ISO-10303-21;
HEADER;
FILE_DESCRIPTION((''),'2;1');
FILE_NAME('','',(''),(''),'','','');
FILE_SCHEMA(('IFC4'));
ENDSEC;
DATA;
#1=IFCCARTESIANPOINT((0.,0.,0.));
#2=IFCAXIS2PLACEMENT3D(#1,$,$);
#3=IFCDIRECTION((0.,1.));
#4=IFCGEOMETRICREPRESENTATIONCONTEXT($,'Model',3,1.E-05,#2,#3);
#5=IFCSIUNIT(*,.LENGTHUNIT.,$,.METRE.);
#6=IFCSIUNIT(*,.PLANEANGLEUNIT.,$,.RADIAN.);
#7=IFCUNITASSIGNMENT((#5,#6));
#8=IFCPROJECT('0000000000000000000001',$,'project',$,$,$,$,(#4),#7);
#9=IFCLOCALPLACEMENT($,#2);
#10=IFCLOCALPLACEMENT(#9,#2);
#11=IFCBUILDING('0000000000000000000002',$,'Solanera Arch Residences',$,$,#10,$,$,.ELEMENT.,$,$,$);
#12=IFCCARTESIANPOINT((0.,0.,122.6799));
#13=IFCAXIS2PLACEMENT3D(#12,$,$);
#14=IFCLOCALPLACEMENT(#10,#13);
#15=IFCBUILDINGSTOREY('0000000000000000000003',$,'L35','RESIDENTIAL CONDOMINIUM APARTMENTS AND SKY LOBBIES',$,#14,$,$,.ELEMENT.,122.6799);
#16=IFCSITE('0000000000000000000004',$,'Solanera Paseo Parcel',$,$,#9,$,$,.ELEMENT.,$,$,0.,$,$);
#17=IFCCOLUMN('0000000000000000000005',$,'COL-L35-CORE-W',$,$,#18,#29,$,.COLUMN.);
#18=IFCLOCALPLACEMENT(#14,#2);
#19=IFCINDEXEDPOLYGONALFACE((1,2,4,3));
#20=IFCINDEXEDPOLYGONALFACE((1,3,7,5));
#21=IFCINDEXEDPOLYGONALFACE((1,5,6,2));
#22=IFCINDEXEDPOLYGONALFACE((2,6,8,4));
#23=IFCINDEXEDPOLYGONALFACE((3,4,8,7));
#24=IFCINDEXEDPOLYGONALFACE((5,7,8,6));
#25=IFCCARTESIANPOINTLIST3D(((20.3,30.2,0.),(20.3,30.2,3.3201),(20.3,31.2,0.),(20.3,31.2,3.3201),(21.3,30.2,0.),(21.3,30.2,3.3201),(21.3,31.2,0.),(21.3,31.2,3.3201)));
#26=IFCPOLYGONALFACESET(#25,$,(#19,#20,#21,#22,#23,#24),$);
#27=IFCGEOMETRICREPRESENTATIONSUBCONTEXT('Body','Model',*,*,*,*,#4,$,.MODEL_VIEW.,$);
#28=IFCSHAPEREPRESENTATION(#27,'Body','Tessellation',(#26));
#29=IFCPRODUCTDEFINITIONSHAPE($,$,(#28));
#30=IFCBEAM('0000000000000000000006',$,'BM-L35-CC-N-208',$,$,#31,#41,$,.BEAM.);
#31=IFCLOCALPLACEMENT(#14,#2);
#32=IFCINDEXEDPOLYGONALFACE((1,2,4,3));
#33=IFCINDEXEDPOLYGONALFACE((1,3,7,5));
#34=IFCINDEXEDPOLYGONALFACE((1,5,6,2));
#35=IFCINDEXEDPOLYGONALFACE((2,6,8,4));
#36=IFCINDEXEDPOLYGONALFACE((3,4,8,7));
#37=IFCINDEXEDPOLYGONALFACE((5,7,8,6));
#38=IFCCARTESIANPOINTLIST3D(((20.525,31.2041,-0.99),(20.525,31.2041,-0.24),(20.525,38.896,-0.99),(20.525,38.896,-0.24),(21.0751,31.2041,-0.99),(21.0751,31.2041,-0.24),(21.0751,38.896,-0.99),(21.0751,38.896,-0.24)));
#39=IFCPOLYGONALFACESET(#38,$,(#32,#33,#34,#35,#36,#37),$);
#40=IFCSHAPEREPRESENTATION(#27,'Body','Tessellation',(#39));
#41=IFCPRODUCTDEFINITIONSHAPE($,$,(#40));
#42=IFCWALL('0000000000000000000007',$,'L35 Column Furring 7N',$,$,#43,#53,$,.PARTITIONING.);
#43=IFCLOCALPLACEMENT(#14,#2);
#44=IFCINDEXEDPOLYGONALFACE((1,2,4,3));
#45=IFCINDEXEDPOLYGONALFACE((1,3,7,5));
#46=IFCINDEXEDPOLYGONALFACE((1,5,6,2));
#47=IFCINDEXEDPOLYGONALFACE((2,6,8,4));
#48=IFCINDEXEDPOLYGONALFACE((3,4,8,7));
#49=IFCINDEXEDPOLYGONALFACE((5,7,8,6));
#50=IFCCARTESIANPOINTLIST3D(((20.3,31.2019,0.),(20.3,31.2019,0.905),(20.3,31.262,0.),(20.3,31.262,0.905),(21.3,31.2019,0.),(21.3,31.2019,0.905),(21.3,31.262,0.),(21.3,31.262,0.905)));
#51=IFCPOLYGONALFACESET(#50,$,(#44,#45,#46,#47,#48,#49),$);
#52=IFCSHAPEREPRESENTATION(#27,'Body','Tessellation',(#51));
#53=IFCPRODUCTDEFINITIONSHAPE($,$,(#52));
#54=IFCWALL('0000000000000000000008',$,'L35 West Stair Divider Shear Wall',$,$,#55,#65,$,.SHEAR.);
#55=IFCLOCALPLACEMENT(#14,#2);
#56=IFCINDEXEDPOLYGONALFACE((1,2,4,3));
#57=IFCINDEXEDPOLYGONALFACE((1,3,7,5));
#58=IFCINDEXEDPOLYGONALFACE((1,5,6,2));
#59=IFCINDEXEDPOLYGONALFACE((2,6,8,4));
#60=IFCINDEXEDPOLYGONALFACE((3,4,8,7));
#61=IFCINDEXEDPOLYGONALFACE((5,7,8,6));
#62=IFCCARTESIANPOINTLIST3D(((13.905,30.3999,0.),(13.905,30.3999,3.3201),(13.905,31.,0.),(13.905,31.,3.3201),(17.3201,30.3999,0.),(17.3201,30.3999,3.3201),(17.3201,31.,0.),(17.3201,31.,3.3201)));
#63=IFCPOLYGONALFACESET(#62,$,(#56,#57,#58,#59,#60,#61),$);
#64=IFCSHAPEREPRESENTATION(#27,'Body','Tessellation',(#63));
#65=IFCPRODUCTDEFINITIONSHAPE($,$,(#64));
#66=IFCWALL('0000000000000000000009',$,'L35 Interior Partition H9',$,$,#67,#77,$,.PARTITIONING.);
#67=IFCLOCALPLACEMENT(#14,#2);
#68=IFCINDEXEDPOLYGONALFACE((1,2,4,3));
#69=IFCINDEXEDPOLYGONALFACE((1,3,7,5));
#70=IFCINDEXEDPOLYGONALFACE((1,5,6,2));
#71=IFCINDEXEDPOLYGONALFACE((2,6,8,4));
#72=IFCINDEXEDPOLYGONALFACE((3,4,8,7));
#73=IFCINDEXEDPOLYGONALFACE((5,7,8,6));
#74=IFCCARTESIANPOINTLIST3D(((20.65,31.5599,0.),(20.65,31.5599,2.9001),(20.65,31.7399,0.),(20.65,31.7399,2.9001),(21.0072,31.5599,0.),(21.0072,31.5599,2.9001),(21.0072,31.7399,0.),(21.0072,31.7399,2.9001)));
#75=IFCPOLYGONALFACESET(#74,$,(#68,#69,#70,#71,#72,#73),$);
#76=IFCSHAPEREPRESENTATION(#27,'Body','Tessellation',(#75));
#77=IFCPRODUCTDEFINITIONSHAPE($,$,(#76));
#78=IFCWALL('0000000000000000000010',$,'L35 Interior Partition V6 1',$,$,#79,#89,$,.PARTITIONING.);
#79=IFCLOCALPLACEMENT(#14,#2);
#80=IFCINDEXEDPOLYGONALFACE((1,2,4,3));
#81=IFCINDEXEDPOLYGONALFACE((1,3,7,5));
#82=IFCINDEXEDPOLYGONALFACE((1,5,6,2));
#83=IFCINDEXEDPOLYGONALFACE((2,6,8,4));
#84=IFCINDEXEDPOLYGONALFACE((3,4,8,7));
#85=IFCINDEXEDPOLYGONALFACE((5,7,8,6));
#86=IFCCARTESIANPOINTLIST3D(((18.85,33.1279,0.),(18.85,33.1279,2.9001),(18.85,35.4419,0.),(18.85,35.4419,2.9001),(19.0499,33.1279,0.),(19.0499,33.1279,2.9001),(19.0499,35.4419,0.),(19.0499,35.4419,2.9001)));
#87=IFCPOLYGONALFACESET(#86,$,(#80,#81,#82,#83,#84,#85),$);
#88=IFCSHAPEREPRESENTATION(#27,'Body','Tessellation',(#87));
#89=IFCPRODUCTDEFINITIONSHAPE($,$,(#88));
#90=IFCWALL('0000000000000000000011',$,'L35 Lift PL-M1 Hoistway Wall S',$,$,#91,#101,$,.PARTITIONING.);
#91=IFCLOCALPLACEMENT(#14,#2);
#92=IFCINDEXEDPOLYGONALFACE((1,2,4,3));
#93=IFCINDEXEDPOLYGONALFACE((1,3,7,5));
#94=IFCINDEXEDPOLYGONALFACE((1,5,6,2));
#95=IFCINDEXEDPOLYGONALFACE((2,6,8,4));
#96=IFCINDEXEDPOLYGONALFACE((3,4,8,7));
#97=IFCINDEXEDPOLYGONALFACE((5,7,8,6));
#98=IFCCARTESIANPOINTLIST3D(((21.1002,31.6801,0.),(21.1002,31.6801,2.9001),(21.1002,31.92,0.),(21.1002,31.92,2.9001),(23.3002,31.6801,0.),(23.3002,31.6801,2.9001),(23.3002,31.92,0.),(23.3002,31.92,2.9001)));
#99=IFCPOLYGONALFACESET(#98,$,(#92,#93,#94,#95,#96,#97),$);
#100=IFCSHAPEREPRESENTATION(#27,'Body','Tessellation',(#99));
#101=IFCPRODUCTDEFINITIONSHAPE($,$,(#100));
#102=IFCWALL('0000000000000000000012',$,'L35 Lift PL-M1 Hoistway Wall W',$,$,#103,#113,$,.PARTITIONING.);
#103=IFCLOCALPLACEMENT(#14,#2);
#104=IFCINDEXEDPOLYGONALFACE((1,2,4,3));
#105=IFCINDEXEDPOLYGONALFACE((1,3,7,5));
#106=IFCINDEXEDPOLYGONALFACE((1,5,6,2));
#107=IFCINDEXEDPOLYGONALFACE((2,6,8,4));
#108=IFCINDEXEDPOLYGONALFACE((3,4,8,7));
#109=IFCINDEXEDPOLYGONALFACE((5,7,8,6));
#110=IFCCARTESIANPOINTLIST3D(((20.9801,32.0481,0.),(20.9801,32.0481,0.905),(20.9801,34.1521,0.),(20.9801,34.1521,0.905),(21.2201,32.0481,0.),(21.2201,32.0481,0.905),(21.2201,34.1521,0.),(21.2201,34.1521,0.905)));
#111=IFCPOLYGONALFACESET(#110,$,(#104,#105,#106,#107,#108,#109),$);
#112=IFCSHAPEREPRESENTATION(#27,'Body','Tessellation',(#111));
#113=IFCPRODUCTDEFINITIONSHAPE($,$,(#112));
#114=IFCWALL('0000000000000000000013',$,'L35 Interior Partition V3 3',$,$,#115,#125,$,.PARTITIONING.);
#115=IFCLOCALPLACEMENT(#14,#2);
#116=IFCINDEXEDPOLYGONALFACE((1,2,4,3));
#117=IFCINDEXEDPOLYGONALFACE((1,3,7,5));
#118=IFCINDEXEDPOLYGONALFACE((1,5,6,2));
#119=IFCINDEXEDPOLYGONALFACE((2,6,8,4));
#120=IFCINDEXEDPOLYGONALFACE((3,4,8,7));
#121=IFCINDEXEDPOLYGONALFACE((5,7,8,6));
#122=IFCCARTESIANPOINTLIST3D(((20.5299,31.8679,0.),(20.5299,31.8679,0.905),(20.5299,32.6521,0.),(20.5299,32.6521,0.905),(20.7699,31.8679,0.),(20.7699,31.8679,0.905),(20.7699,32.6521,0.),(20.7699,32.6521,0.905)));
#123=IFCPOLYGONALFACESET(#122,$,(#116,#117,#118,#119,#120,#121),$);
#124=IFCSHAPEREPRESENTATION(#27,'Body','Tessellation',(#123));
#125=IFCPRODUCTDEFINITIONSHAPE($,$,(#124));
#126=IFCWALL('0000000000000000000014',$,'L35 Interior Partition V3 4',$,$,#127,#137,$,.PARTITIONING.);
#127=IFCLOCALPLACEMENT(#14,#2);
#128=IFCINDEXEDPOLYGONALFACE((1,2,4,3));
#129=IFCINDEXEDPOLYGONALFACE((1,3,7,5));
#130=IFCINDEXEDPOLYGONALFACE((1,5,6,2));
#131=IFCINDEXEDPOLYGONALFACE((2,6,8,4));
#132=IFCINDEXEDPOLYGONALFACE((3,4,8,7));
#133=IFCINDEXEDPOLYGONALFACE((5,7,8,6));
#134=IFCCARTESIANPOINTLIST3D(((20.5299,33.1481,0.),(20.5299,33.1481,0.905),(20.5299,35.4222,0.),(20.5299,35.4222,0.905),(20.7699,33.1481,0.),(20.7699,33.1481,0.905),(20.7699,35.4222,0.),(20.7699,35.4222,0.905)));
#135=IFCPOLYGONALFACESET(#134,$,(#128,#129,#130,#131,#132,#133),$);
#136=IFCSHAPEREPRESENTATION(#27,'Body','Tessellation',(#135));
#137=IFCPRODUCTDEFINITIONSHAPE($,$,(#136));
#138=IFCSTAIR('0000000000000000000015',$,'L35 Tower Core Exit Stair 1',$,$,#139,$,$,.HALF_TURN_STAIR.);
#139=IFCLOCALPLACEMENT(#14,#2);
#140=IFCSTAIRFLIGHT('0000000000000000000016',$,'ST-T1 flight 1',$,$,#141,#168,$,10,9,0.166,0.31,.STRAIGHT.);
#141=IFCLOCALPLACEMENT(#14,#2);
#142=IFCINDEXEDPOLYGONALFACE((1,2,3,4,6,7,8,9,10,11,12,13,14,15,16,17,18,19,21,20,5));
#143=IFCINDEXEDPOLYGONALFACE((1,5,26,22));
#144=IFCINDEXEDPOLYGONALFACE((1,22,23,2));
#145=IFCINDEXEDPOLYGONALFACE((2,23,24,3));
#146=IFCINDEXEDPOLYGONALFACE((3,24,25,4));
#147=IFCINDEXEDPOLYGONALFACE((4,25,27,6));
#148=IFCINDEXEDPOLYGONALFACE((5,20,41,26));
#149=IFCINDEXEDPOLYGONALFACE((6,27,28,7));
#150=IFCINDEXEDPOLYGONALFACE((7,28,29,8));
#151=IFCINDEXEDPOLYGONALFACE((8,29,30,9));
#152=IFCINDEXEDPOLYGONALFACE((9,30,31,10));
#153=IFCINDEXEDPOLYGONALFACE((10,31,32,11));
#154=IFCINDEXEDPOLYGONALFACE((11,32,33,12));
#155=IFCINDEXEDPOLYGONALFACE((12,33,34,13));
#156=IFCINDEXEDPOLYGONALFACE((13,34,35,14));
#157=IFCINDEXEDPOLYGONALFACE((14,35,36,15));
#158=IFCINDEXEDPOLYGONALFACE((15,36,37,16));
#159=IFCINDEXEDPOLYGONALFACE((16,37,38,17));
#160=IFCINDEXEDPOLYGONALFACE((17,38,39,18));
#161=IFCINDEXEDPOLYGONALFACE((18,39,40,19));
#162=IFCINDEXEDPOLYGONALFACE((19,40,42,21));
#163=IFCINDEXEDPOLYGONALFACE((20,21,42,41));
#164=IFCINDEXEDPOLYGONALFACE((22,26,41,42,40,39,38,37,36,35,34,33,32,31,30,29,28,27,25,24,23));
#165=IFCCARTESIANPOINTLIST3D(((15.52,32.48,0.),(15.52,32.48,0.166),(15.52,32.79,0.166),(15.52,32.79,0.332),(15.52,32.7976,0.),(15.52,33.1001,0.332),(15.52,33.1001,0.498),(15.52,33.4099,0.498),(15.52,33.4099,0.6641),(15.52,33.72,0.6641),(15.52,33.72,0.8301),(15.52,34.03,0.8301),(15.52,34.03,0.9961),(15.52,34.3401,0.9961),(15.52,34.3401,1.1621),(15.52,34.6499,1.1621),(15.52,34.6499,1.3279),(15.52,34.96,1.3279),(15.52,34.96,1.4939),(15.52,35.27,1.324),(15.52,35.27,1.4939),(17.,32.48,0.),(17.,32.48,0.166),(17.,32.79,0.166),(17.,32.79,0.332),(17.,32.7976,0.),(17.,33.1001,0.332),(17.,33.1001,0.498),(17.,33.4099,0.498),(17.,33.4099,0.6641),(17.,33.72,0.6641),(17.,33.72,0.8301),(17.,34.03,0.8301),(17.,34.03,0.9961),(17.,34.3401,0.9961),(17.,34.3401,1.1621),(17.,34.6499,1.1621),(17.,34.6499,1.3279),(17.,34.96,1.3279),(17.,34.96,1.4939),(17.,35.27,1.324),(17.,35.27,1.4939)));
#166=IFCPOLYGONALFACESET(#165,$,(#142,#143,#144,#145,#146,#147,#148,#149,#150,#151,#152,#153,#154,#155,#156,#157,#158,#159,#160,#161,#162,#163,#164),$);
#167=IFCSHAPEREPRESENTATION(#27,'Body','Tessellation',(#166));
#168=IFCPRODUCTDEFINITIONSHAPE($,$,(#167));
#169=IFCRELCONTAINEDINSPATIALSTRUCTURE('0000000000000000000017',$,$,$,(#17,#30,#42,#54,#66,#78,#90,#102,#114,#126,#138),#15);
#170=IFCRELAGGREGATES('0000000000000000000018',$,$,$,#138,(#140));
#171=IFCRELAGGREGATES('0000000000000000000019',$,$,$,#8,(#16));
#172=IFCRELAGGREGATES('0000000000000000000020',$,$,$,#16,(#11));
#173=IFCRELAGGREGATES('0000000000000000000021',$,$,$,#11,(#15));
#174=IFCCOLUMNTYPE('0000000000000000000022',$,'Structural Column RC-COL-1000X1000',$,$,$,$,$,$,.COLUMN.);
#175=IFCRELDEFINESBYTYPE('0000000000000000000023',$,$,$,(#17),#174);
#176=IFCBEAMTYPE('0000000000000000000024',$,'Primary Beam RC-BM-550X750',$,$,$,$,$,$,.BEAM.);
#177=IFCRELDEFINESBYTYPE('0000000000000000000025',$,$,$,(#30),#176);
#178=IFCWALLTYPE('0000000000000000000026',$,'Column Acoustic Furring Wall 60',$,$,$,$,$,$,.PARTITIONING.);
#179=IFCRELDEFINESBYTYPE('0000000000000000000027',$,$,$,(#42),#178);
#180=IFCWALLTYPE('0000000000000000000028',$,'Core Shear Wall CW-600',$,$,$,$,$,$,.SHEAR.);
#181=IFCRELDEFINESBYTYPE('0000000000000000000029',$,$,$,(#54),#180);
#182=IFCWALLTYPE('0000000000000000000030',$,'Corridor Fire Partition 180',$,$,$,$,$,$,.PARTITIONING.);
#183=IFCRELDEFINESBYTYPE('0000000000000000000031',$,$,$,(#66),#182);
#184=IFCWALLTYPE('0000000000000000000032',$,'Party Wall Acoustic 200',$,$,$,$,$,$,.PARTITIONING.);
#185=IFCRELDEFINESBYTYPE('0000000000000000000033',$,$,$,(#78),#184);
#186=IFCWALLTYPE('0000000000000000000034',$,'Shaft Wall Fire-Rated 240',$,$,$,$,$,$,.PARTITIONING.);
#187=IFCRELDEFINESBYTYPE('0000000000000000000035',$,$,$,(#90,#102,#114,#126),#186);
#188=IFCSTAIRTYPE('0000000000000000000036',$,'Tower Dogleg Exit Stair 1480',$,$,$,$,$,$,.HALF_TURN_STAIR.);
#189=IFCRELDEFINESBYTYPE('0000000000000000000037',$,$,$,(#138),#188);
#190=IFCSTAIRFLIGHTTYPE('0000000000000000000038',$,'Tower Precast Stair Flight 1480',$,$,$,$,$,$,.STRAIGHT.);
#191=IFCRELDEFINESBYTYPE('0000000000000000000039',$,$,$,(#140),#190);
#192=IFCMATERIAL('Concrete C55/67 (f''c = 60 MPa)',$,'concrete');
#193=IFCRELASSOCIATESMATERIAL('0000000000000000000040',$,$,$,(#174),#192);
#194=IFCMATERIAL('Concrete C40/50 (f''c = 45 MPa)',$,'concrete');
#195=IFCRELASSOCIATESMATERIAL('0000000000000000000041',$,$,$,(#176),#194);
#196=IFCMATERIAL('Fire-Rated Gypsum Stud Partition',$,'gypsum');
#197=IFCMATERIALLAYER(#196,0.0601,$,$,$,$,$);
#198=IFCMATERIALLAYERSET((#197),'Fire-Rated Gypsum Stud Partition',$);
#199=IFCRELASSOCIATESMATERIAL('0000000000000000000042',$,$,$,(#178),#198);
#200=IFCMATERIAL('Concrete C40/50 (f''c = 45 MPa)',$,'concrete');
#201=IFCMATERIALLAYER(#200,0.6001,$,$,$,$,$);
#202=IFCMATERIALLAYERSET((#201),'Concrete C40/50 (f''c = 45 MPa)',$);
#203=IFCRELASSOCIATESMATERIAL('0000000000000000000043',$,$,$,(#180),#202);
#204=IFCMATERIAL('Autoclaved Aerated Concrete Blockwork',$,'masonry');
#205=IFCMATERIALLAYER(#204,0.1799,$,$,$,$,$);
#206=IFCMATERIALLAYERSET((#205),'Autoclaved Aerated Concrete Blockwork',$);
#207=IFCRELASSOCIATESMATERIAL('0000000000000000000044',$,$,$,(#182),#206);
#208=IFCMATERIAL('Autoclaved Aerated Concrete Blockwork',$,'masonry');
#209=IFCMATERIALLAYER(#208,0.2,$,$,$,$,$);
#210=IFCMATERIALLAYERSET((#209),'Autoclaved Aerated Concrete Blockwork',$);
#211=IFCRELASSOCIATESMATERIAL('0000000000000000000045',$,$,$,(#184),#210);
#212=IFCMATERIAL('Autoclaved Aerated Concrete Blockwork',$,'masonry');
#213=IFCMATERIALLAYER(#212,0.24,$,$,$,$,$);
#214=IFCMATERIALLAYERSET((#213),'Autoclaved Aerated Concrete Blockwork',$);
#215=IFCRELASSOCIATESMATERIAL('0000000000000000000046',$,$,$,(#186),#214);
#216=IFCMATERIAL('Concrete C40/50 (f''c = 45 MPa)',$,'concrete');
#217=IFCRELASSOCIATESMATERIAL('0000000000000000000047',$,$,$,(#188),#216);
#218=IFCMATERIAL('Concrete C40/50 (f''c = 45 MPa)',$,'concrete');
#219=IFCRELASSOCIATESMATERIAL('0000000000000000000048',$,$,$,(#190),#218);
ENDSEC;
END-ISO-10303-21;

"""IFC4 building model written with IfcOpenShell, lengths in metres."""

from ifc_helpers import new_model, si_unit, direction, frame, frame_2d, origin, origin_2d, place, context, subcontext, project, spatial, polyline, rectangle, outline, extrude, material, layer, layer_set, material_profile, profile_set, type_object, element, aggregate, save


model = new_model("IFC4")

# Units and contexts
model_context = context("Model", 3, precision=1e-05, world=origin(), true_north=direction((0.0, 1.0)))
body_context = subcontext(model_context, "Body", "Model", "MODEL_VIEW")
ifc_project = project(units=[si_unit("LENGTHUNIT", "METRE"), si_unit("PLANEANGLEUNIT", "RADIAN")], contexts=[model_context])

# Site, building, storey
site_placement = place(None, origin())
site = spatial("IfcSite", under=ifc_project, at=site_placement, Name="Solanera Paseo Parcel", CompositionType="ELEMENT", RefElevation=0.0)
building_placement = place(site_placement, origin())
building = spatial("IfcBuilding", under=site, at=building_placement, Name="Solanera Arch Residences", CompositionType="ELEMENT")
storey_placement = place(building_placement, frame((0.0, 0.0, 122.6799)))
storey = spatial("IfcBuildingStorey", under=building, at=storey_placement, Name="L35", Description="RESIDENTIAL CONDOMINIUM APARTMENTS AND SKY LOBBIES", CompositionType="ELEMENT", Elevation=122.6799)

# Column
ifc_material_1 = material(Name="Concrete C55/67 (f'c = 60 MPa)", Category="concrete")
ifc_material_profile_1 = material_profile(ifc_material_1, rectangle(XDim=1.0, YDim=1.0, at=origin_2d()))
ifc_profile_set_1 = profile_set([ifc_material_profile_1], Name="Concrete C55/67 (f'c = 60 MPa)")
column_type = type_object("IfcColumnType", Name="Structural Column RC-COL-1000X1000", PredefinedType="COLUMN", material=ifc_profile_set_1)
column_placement = place(storey_placement, frame((20.8, 30.7, 0.0), z_axis=(0.0, 0.0, 1.0), x_axis=(1.0, 0.0, 0.0)))
element("IfcColumn", 1, at=column_placement, inside=storey, type_object=column_type, Name="COL-L35-CORE-W", PredefinedType="COLUMN", context=body_context, shape_type="SweptSolid", body=[
    extrude(rectangle(XDim=1.0, YDim=1.0, at=origin_2d()), origin(), (0.0, 0.0, 1.0), 3.3201),
])

# Beam
ifc_material_2 = material(Name="Concrete C40/50 (f'c = 45 MPa)", Category="concrete")
ifc_material_profile_2 = material_profile(ifc_material_2, rectangle(XDim=0.55, YDim=0.75, at=origin_2d()))
ifc_profile_set_2 = profile_set([ifc_material_profile_2], Name="Concrete C40/50 (f'c = 45 MPa)")
beam_type = type_object("IfcBeamType", Name="Primary Beam RC-BM-550X750", PredefinedType="BEAM", material=ifc_profile_set_2)
beam_placement = place(storey_placement, frame((20.8, 31.2041, -0.615), z_axis=(0.0, 1.0, 0.0), x_axis=(-1.0, 0.0, 0.0)))
element("IfcBeam", 2, at=beam_placement, inside=storey, type_object=beam_type, Name="BM-L35-CC-N-208", PredefinedType="BEAM", context=body_context, shape_type="SweptSolid", body=[
    extrude(rectangle(XDim=0.55, YDim=0.75, at=origin_2d()), origin(), (0.0, 0.0, 1.0), 7.6919),
])

# Wall
ifc_material_3 = material(Name="Fire-Rated Gypsum Stud Partition", Category="gypsum")
ifc_layer_1 = layer(ifc_material_3, 0.0601)
ifc_layer_set_1 = layer_set([ifc_layer_1], Name="Fire-Rated Gypsum Stud Partition")
wall_type_1 = type_object("IfcWallType", Name="Column Acoustic Furring Wall 60", PredefinedType="PARTITIONING", material=ifc_layer_set_1)
wall_1_placement = place(storey_placement, frame((20.3, 31.2319, 0.0), z_axis=(0.0, 0.0, 1.0), x_axis=(1.0, 0.0, 0.0)))
element("IfcWall", 3, at=wall_1_placement, inside=storey, type_object=wall_type_1, Name="L35 Column Furring 7N", PredefinedType="PARTITIONING", context=body_context, shape_type="SweptSolid", body=[
    extrude(rectangle(XDim=1.0, YDim=0.0601, at=frame_2d((0.5, 0.0))), origin(), (0.0, 0.0, 1.0), 0.905),
])

# Walls
ifc_material_4 = material(Name="Concrete C40/50 (f'c = 45 MPa)", Category="concrete")
ifc_layer_2 = layer(ifc_material_4, 0.6001)
ifc_layer_set_2 = layer_set([ifc_layer_2], Name="Concrete C40/50 (f'c = 45 MPa)")
wall_type_2 = type_object("IfcWallType", Name="Core Shear Wall CW-600", PredefinedType="SHEAR", material=ifc_layer_set_2)
wall_2_placement = place(storey_placement, frame((13.905, 30.7, 0.0), z_axis=(0.0, 0.0, 1.0), x_axis=(1.0, 0.0, 0.0)))
element("IfcWall", 4, at=wall_2_placement, inside=storey, type_object=wall_type_2, Name="L35 West Stair Divider Shear Wall", PredefinedType="SHEAR", context=body_context, shape_type="SweptSolid", body=[
    extrude(rectangle(XDim=3.415, YDim=0.6001, at=frame_2d((1.7075, 0.0))), origin(), (0.0, 0.0, 1.0), 3.3201),
])
ifc_material_5 = material(Name="Autoclaved Aerated Concrete Blockwork", Category="masonry")
ifc_layer_3 = layer(ifc_material_5, 0.1799)
ifc_layer_set_3 = layer_set([ifc_layer_3], Name="Autoclaved Aerated Concrete Blockwork")
wall_type_3 = type_object("IfcWallType", Name="Corridor Fire Partition 180", PredefinedType="PARTITIONING", material=ifc_layer_set_3)
wall_3_placement = place(storey_placement, frame((20.6499, 31.6499, 0.0), z_axis=(0.0, 0.0, 1.0), x_axis=(1.0, 0.0, 0.0)))
element("IfcWall", 5, at=wall_3_placement, inside=storey, type_object=wall_type_3, Name="L35 Interior Partition H9", PredefinedType="PARTITIONING", context=body_context, shape_type="SweptSolid", body=[
    extrude(rectangle(XDim=0.3572, YDim=0.1799, at=frame_2d((0.1787, 0.0))), origin(), (0.0, 0.0, 1.0), 2.9001),
])
ifc_material_6 = material(Name="Autoclaved Aerated Concrete Blockwork", Category="masonry")
ifc_layer_4 = layer(ifc_material_6, 0.2)
ifc_layer_set_4 = layer_set([ifc_layer_4], Name="Autoclaved Aerated Concrete Blockwork")
wall_type_4 = type_object("IfcWallType", Name="Party Wall Acoustic 200", PredefinedType="PARTITIONING", material=ifc_layer_set_4)
wall_4_placement = place(storey_placement, frame((18.95, 33.1279, 0.0), z_axis=(0.0, 0.0, 1.0), x_axis=(0.0, 1.0, 0.0)))
element("IfcWall", 6, at=wall_4_placement, inside=storey, type_object=wall_type_4, Name="L35 Interior Partition V6 1", PredefinedType="PARTITIONING", context=body_context, shape_type="SweptSolid", body=[
    extrude(rectangle(XDim=2.314, YDim=0.2, at=frame_2d((1.157, 0.0))), origin(), (0.0, 0.0, 1.0), 2.9001),
])
ifc_material_7 = material(Name="Autoclaved Aerated Concrete Blockwork", Category="masonry")
ifc_layer_5 = layer(ifc_material_7, 0.24)
ifc_layer_set_5 = layer_set([ifc_layer_5], Name="Autoclaved Aerated Concrete Blockwork")
wall_type_5 = type_object("IfcWallType", Name="Shaft Wall Fire-Rated 240", PredefinedType="PARTITIONING", material=ifc_layer_set_5)
wall_5_placement = place(storey_placement, frame((21.1001, 31.8, 0.0), z_axis=(0.0, 0.0, 1.0), x_axis=(1.0, 0.0, 0.0)))
element("IfcWall", 7, at=wall_5_placement, inside=storey, type_object=wall_type_5, Name="L35 Lift PL-M1 Hoistway Wall S", PredefinedType="PARTITIONING", context=body_context, shape_type="SweptSolid", body=[
    extrude(rectangle(XDim=2.2, YDim=0.24, at=frame_2d((1.1001, 0.0))), origin(), (0.0, 0.0, 1.0), 2.9001),
])
wall_6_placement = place(storey_placement, frame((21.1001, 32.0481, 0.0), z_axis=(0.0, 0.0, 1.0), x_axis=(0.0, 1.0, 0.0)))
element("IfcWall", 8, at=wall_6_placement, inside=storey, type_object=wall_type_5, Name="L35 Lift PL-M1 Hoistway Wall W", PredefinedType="PARTITIONING", context=body_context, shape_type="SweptSolid", body=[
    extrude(rectangle(XDim=2.104, YDim=0.24, at=frame_2d((1.052, 0.0))), origin(), (0.0, 0.0, 1.0), 0.905),
])

# Walls
wall_7_placement = place(storey_placement, frame((20.6499, 31.8679, 0.0), z_axis=(0.0, 0.0, 1.0), x_axis=(0.0, 1.0, 0.0)))
element("IfcWall", 9, at=wall_7_placement, inside=storey, type_object=wall_type_5, Name="L35 Interior Partition V3 3", PredefinedType="PARTITIONING", context=body_context, shape_type="SweptSolid", body=[
    extrude(rectangle(XDim=0.7842, YDim=0.24, at=frame_2d((0.3921, 0.0))), origin(), (0.0, 0.0, 1.0), 0.905),
])
wall_8_placement = place(storey_placement, frame((20.6499, 33.1479, 0.0), z_axis=(0.0, 0.0, 1.0), x_axis=(0.0, 1.0, 0.0)))
element("IfcWall", 10, at=wall_8_placement, inside=storey, type_object=wall_type_5, Name="L35 Interior Partition V3 4", PredefinedType="PARTITIONING", context=body_context, shape_type="SweptSolid", body=[
    extrude(rectangle(XDim=2.2742, YDim=0.24, at=frame_2d((1.1372, 0.0))), origin(), (0.0, 0.0, 1.0), 0.905),
])

# Stair, stair flight
ifc_material_8 = material(Name="Concrete C40/50 (f'c = 45 MPa)", Category="concrete")
stair_type = type_object("IfcStairType", Name="Tower Dogleg Exit Stair 1480", PredefinedType="HALF_TURN_STAIR", material=ifc_material_8)
stair_placement = place(storey_placement, origin())
stair = element("IfcStair", 11, at=stair_placement, inside=storey, type_object=stair_type, Name="L35 Tower Core Exit Stair 1", PredefinedType="HALF_TURN_STAIR")
ifc_material_9 = material(Name="Concrete C40/50 (f'c = 45 MPa)", Category="concrete")
stair_flight_type = type_object("IfcStairFlightType", Name="Tower Precast Stair Flight 1480", PredefinedType="STRAIGHT", material=ifc_material_9)
stair_flight_1_placement = place(storey_placement, frame((16.26, 32.48, 0.0), z_axis=(0.0, 0.0, 1.0), x_axis=(0.0, 1.0, 0.0)))
stair_flight_1 = element("IfcStairFlight", 12, at=stair_flight_1_placement, type_object=stair_flight_type, Name="ST-T1 flight 1", NumberOfRisers=10, NumberOfTreads=9, PredefinedType="STRAIGHT", RiserHeight=0.166, TreadLength=0.31, context=body_context, shape_type="SweptSolid", body=[
    extrude(outline(polyline([(0.0, 0.0), (0.0, 0.166), (0.3101, 0.166), (0.3101, 0.332), (0.6201, 0.332), (0.6201, 0.498), (0.9299, 0.498), (0.9299, 0.6641), (1.24, 0.6641), (1.24, 0.8301), (1.55, 0.8301), (1.55, 0.9961), (1.8601, 0.9961), (1.8601, 1.1621), (2.1699, 1.1621), (2.1699, 1.3279), (2.48, 1.3279), (2.48, 1.4939), (2.79, 1.4939), (2.79, 1.6599), (2.79, 1.324), (0.3176, 0.0), (0.0, 0.0)])), frame((0.0, 0.74, 0.0), z_axis=(0.0, -1.0, 0.0), x_axis=(1.0, 0.0, 0.0)), (0.0, 0.0, 1.0), 1.48),
])
aggregate(stair, [stair_flight_1])

save(model, "model.ifc")
